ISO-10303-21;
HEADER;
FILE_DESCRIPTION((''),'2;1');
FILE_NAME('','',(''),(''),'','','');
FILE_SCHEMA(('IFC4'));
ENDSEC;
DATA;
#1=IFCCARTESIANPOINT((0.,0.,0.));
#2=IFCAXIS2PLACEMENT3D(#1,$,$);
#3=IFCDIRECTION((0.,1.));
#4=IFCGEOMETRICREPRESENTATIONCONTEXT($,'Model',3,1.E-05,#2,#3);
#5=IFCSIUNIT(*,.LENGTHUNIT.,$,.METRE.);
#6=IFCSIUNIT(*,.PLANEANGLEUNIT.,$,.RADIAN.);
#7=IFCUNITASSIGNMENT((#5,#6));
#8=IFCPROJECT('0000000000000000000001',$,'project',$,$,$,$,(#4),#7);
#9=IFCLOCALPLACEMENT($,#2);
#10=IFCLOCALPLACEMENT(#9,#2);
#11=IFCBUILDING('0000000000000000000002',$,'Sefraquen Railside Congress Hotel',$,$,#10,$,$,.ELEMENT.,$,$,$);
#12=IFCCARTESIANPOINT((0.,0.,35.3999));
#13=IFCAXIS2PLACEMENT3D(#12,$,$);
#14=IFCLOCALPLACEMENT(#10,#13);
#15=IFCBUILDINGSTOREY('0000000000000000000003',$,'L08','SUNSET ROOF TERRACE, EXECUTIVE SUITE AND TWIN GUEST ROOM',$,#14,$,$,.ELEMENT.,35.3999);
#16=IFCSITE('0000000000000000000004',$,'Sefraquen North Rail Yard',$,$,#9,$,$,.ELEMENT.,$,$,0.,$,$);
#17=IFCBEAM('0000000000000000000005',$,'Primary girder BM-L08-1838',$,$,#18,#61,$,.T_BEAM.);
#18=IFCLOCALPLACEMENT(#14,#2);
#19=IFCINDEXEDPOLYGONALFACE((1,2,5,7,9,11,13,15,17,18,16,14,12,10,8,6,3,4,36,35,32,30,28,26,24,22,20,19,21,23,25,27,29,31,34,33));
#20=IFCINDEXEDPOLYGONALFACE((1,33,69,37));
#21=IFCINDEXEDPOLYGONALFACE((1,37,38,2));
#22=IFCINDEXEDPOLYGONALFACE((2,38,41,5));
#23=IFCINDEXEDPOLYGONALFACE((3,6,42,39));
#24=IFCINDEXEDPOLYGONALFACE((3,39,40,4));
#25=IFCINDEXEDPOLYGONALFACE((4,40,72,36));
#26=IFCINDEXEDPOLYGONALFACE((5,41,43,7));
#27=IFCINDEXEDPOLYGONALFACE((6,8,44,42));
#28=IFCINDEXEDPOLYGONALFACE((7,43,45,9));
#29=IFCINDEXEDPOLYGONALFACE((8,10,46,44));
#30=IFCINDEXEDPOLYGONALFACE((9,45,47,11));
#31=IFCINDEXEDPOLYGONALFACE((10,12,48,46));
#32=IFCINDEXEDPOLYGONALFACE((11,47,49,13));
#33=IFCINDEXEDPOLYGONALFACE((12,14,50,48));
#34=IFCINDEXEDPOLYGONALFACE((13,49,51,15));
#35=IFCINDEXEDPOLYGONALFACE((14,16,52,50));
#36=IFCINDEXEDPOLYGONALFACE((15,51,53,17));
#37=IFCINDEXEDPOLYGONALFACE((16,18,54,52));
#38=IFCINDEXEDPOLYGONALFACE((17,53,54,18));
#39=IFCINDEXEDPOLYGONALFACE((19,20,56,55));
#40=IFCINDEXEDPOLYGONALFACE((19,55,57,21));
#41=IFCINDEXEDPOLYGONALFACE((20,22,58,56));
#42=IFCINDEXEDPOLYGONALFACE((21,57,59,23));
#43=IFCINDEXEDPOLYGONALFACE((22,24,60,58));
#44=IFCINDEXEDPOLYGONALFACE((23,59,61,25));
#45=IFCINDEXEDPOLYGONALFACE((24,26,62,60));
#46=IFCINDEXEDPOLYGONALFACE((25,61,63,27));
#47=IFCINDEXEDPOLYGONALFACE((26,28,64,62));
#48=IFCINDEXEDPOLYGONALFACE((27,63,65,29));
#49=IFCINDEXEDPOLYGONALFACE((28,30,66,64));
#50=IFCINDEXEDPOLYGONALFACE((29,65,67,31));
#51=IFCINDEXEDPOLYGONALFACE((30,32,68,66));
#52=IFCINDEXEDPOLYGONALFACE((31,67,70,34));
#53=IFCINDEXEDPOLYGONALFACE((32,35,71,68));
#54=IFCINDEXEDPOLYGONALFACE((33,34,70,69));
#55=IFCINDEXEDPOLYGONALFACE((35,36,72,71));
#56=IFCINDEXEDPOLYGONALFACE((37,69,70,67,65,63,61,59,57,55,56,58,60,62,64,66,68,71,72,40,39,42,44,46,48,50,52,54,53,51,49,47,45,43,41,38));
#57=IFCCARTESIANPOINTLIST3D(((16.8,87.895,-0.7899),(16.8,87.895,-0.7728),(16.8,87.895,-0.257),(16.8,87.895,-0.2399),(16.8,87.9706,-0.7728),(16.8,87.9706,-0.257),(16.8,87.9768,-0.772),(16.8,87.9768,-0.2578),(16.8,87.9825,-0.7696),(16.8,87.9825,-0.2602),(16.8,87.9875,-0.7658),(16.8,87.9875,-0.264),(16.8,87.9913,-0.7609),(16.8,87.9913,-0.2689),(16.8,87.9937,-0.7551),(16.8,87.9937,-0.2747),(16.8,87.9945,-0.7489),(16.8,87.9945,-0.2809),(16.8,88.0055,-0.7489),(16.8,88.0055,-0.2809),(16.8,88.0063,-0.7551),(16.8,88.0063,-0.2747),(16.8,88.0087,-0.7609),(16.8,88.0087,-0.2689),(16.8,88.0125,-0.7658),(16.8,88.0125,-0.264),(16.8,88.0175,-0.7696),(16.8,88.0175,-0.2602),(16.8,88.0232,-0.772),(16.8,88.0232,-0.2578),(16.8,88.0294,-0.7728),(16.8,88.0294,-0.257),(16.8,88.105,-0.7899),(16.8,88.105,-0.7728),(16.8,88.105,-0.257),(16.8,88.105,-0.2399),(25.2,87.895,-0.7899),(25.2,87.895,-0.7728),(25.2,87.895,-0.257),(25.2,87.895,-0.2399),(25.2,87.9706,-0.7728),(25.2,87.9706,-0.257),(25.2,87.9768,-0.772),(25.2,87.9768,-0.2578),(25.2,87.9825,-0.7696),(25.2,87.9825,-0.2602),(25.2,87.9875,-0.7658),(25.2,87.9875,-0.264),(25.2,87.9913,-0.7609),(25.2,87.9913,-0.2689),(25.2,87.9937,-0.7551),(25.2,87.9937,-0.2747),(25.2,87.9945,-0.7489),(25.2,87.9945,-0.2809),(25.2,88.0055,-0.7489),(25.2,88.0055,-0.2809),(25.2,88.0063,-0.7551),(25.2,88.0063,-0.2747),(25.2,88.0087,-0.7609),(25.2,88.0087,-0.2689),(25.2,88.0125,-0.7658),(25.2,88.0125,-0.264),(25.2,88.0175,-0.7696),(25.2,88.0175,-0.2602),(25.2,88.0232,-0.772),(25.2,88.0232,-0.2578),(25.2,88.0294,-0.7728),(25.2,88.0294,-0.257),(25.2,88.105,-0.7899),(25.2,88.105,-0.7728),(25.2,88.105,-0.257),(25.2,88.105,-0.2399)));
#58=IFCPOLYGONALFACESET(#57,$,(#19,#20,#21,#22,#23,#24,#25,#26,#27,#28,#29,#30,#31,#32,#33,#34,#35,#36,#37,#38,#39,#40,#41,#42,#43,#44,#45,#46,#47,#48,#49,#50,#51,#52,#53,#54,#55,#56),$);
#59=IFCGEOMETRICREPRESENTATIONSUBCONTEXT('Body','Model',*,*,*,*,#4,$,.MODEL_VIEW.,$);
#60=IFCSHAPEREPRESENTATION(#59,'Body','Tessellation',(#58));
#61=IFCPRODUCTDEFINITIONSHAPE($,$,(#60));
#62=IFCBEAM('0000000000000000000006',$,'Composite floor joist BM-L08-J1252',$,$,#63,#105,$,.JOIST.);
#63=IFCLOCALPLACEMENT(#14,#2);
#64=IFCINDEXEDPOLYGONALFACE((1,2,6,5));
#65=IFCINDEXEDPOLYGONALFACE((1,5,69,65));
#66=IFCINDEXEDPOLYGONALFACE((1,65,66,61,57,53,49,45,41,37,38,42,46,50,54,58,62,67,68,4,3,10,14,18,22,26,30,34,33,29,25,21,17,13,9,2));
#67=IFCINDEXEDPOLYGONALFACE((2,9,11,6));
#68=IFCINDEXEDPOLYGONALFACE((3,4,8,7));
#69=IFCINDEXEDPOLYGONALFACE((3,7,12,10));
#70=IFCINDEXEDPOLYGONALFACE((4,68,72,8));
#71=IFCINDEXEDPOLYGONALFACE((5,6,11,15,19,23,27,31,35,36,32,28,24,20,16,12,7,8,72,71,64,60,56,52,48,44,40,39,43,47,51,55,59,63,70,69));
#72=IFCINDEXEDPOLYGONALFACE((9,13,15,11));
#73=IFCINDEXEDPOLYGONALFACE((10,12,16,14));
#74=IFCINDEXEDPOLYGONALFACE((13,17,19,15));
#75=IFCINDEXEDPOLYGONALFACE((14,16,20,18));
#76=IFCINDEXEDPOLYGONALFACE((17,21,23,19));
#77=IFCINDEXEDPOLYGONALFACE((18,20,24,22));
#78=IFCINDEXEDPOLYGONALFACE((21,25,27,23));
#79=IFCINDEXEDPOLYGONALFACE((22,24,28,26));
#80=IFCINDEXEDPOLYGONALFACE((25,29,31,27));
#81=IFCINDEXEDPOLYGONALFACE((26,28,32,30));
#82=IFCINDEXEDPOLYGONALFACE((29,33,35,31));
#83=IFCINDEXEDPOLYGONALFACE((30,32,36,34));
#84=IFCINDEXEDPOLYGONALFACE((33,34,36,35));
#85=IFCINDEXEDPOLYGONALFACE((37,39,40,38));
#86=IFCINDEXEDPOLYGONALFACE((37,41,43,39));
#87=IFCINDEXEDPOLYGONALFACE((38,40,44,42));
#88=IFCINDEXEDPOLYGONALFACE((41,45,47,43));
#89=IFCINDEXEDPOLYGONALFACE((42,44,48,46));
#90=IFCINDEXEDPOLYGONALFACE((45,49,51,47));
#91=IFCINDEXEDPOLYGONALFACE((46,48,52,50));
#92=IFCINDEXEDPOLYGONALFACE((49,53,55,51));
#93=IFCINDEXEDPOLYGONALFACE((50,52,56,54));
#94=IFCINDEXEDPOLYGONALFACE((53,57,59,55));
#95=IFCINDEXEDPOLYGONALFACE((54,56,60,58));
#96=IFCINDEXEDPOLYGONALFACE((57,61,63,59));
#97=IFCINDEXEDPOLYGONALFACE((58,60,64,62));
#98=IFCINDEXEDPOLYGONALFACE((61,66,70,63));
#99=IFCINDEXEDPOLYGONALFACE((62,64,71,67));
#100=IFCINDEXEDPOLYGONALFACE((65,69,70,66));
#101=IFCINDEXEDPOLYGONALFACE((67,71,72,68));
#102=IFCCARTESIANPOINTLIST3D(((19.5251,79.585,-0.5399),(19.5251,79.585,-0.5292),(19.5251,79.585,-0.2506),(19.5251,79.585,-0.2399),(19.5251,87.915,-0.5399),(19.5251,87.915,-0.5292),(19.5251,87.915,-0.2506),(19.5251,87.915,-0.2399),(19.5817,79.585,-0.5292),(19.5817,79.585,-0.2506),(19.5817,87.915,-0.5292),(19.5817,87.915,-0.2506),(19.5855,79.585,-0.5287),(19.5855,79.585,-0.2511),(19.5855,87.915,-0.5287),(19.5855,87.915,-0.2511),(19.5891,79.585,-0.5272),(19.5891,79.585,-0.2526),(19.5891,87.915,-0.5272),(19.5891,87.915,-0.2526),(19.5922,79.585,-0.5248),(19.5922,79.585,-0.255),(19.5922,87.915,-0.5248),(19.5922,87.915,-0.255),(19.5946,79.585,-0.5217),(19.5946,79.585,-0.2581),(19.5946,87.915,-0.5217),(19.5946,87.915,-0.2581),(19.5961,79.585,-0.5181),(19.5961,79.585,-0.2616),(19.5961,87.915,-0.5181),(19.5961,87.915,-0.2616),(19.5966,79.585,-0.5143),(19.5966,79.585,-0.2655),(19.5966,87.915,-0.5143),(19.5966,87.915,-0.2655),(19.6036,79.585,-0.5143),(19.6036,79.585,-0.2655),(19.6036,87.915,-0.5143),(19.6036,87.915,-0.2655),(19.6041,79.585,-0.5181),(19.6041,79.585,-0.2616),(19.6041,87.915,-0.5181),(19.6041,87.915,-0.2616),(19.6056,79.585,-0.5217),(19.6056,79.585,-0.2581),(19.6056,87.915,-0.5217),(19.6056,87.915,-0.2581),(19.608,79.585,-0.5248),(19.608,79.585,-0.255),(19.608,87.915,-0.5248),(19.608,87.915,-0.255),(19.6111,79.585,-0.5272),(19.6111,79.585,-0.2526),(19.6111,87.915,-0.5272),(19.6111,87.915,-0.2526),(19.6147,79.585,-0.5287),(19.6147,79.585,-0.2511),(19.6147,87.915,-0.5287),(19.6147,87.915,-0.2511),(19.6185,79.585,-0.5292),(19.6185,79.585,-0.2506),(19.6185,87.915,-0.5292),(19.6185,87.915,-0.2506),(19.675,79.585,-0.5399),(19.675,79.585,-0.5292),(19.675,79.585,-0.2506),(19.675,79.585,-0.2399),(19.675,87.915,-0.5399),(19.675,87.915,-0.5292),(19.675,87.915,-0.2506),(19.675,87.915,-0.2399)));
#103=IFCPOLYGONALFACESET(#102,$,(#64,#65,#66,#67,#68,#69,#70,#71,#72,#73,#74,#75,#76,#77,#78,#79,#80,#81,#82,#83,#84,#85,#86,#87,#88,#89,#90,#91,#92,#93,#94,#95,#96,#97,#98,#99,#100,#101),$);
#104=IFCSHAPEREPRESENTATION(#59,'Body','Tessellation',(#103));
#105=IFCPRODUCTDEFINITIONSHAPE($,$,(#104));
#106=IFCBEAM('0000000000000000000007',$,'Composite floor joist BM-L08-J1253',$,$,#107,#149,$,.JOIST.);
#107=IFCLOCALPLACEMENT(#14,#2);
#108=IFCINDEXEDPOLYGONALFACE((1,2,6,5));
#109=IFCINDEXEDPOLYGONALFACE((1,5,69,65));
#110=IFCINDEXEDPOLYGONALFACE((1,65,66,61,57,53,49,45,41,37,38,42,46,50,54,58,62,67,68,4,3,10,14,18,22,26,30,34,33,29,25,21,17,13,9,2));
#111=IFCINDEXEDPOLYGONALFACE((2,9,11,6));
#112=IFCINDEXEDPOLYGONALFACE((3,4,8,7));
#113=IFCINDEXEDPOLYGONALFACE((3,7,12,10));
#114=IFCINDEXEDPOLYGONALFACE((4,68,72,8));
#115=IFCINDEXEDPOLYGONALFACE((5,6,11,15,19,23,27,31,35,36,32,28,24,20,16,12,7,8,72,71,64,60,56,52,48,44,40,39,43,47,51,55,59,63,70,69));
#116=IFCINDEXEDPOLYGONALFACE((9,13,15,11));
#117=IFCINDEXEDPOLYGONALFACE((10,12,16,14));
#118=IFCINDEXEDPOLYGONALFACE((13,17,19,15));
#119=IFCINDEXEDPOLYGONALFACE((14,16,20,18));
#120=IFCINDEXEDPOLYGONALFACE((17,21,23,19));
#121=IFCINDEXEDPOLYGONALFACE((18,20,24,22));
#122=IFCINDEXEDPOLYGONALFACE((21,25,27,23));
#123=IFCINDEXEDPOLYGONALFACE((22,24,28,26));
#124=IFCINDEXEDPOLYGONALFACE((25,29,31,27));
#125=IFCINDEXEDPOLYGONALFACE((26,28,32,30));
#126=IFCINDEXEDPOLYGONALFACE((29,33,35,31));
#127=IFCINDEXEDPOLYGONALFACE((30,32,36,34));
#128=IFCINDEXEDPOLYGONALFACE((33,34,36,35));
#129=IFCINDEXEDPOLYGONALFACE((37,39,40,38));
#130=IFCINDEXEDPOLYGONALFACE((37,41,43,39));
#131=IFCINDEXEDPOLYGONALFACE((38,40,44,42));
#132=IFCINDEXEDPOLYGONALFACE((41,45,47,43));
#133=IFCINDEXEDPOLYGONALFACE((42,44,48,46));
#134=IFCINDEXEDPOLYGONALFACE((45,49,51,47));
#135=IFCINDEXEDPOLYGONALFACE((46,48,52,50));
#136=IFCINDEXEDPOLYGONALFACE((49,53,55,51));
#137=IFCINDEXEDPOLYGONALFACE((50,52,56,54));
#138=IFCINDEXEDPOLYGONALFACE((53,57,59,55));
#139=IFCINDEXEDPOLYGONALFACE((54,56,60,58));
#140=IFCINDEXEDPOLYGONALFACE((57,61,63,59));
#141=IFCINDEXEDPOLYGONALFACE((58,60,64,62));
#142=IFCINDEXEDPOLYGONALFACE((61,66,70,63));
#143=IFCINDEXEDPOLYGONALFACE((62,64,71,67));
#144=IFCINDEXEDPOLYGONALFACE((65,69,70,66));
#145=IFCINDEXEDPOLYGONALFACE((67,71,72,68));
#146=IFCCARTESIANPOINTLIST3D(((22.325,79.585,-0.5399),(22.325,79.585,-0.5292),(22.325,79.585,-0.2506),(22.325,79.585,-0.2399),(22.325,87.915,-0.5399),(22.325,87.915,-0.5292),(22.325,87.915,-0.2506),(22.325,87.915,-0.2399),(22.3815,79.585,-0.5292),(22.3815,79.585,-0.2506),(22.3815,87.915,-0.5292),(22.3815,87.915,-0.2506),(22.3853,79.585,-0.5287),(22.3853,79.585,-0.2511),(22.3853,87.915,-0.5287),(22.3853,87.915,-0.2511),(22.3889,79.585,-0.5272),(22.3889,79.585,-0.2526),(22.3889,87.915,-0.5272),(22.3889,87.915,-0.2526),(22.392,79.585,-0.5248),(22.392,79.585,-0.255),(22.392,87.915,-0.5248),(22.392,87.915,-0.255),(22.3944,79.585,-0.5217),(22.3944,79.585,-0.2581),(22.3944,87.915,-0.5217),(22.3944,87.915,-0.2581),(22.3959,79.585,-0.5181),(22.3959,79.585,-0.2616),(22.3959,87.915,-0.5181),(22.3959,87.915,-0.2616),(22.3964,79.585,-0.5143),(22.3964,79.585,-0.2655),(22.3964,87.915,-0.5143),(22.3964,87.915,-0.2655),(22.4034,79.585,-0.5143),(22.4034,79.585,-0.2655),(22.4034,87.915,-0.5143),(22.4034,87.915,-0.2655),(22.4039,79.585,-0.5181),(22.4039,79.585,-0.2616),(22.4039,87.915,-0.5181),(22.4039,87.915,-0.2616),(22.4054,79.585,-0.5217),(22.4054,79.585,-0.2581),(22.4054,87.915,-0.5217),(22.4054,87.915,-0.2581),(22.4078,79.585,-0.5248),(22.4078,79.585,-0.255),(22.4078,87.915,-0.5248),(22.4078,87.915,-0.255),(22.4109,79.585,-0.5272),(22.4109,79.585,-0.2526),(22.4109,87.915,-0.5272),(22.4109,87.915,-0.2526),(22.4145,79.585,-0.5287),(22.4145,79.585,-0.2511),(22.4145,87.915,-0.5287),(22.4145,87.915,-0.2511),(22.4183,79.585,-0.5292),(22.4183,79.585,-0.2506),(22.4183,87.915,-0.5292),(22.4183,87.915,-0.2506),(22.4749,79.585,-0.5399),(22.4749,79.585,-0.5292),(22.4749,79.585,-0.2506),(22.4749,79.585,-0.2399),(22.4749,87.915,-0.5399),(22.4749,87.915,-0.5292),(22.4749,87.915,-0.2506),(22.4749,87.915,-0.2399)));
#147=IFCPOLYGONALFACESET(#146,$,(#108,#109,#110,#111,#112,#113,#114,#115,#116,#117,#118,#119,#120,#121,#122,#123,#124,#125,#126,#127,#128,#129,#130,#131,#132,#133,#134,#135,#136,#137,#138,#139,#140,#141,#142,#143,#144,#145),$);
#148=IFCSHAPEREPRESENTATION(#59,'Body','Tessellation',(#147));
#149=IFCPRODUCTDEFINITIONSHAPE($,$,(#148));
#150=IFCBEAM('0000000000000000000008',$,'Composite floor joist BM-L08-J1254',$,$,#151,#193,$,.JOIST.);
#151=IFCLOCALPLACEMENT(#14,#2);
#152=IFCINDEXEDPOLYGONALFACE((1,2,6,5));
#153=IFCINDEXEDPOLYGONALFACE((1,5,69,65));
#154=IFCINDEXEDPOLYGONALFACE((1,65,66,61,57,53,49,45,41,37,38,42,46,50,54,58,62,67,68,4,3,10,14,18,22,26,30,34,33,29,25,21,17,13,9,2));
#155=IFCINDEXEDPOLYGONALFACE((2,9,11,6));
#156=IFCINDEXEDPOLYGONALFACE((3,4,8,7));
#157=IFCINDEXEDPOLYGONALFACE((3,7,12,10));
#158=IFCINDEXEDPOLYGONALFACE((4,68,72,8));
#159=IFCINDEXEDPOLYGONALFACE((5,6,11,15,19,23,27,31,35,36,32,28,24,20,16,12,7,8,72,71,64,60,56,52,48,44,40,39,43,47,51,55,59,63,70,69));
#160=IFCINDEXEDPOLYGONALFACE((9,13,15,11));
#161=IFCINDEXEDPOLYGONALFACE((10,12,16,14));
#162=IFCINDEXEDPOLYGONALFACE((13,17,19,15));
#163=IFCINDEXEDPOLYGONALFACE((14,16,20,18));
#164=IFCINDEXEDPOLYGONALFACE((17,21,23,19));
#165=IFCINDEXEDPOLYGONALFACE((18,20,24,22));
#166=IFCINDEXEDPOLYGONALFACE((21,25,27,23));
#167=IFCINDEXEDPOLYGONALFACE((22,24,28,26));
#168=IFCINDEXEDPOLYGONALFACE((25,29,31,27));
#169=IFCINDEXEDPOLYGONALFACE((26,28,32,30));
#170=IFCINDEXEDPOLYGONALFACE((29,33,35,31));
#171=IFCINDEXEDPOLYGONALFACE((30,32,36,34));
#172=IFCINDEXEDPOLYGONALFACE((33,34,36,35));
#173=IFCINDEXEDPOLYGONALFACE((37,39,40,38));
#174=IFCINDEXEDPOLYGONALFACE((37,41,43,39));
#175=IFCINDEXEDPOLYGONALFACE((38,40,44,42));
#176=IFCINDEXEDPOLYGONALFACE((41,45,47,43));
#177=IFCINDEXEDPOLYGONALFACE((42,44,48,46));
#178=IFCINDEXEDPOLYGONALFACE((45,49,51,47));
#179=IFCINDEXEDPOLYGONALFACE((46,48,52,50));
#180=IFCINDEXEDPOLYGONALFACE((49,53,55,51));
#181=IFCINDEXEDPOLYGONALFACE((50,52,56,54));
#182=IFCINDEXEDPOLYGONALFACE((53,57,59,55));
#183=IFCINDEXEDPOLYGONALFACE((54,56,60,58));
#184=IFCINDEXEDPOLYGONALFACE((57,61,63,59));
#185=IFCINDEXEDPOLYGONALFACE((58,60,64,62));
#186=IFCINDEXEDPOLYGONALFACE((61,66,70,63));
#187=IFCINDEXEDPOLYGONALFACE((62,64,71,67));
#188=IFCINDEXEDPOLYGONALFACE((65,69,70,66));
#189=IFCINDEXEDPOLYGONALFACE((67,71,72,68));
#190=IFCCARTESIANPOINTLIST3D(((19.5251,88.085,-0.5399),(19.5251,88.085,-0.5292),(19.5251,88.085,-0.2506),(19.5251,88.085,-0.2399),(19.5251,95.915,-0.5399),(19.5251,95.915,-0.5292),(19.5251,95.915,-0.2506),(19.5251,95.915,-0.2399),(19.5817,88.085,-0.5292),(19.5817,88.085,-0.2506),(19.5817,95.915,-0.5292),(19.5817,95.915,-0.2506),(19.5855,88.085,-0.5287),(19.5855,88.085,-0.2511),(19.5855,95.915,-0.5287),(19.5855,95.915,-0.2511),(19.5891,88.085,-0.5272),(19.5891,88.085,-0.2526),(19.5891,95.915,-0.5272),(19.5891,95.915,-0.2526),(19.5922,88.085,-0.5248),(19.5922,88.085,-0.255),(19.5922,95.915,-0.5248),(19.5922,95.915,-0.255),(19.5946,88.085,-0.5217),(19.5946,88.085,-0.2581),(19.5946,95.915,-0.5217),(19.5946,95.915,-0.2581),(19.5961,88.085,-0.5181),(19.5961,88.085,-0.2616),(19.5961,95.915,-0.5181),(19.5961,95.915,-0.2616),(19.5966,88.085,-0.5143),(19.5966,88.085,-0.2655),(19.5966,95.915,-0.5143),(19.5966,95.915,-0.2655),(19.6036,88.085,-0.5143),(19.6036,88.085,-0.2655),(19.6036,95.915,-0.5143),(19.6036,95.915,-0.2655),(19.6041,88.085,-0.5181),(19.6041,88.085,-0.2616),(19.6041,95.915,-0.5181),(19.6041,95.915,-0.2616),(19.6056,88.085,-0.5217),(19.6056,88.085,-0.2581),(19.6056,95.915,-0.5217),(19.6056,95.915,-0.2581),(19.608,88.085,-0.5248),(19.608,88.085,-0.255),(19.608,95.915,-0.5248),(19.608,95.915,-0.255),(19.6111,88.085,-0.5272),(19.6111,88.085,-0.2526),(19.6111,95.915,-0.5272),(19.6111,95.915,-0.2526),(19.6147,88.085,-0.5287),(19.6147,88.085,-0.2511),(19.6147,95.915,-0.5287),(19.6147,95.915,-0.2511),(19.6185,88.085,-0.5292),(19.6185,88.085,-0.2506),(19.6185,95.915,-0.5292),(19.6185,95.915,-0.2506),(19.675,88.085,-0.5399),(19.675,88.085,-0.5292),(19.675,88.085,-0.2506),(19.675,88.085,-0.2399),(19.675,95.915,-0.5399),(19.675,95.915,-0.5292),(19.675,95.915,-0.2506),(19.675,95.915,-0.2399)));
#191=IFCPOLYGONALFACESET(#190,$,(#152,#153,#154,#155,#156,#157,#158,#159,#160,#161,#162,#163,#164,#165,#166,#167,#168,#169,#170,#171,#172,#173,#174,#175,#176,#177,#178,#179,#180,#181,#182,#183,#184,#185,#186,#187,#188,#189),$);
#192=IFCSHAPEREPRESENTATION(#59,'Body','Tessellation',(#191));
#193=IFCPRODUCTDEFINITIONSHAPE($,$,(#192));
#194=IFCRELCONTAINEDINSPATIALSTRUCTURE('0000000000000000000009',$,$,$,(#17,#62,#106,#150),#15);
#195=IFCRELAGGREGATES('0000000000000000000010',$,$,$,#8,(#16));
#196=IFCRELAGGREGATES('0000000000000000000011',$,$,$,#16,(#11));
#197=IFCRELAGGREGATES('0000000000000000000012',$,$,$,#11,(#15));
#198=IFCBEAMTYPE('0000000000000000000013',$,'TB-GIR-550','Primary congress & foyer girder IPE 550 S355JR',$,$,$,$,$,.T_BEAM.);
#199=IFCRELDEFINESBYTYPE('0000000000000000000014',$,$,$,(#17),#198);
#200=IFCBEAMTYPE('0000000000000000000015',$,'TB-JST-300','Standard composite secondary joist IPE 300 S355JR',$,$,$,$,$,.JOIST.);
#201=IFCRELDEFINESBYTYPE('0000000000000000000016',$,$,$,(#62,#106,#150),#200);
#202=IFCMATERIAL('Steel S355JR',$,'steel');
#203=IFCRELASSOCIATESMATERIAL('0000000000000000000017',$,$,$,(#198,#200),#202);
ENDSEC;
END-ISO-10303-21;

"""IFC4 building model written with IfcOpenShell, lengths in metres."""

from ifc_helpers import new_model, si_unit, direction, frame, origin, origin_2d, place, context, subcontext, project, spatial, i_section, extrude, material, material_profile, profile_set, type_object, element, save


model = new_model("IFC4")

# Units and contexts
model_context = context("Model", 3, precision=1e-05, world=origin(), true_north=direction((0.0, 1.0)))
body_context = subcontext(model_context, "Body", "Model", "MODEL_VIEW")
ifc_project = project(units=[si_unit("LENGTHUNIT", "METRE"), si_unit("PLANEANGLEUNIT", "RADIAN")], contexts=[model_context])

# Site, building, storey
site_placement = place(None, origin())
site = spatial("IfcSite", under=ifc_project, at=site_placement, Name="Sefraquen North Rail Yard", CompositionType="ELEMENT", RefElevation=0.0)
building_placement = place(site_placement, origin())
building = spatial("IfcBuilding", under=site, at=building_placement, Name="Sefraquen Railside Congress Hotel", CompositionType="ELEMENT")
storey_placement = place(building_placement, frame((0.0, 0.0, 35.3999)))
storey = spatial("IfcBuildingStorey", under=building, at=storey_placement, Name="L08", Description="SUNSET ROOF TERRACE, EXECUTIVE SUITE AND TWIN GUEST ROOM", CompositionType="ELEMENT", Elevation=35.3999)

# Shared definitions
ifc_material_1 = material(Name="Steel S355JR", Category="steel")

# Beams
ifc_material_profile_1 = material_profile(ifc_material_1, i_section(OverallWidth=0.21, OverallDepth=0.55, WebThickness=0.011, FlangeThickness=0.0171, FilletRadius=0.0239, at=origin_2d()), Name="IPE 550")
ifc_profile_set_1 = profile_set([ifc_material_profile_1], Name="Steel S355JR")
beam_type_1 = type_object("IfcBeamType", Name="TB-GIR-550", Description="Primary congress & foyer girder IPE 550 S355JR", PredefinedType="T_BEAM", material=ifc_profile_set_1)
beam_placement = place(storey_placement, frame((16.8, 88.0, -0.5149), z_axis=(1.0, 0.0, 0.0), x_axis=(0.0, 1.0, 0.0)))
element("IfcBeam", 1, at=beam_placement, inside=storey, type_object=beam_type_1, Name="Primary girder BM-L08-1838", PredefinedType="T_BEAM", context=body_context, shape_type="SweptSolid", body=[
    extrude(i_section(OverallWidth=0.21, OverallDepth=0.55, WebThickness=0.011, FlangeThickness=0.0171, FilletRadius=0.0239, at=origin_2d()), origin(), (0.0, 0.0, 1.0), 8.3999),
])
ifc_material_profile_2 = material_profile(ifc_material_1, i_section(OverallWidth=0.1499, OverallDepth=0.3, WebThickness=0.0071, FlangeThickness=0.0107, FilletRadius=0.0149, at=origin_2d()), Name="IPE 300")
ifc_profile_set_2 = profile_set([ifc_material_profile_2], Name="Steel S355JR")
beam_type_2 = type_object("IfcBeamType", Name="TB-JST-300", Description="Standard composite secondary joist IPE 300 S355JR", PredefinedType="JOIST", material=ifc_profile_set_2)
for number, where, z_axis, x_axis, name in (
    (2, (19.6001, 79.585, -0.3899), (0.0, 1.0, 0.0), (-1.0, 0.0, 0.0), "Composite floor joist BM-L08-J1252"),
    (3, (22.3999, 79.585, -0.3899), (0.0, 1.0, 0.0), (-1.0, 0.0, 0.0), "Composite floor joist BM-L08-J1253"),
):
    element("IfcBeam", number, at=place(storey_placement, frame(where, z_axis=z_axis, x_axis=x_axis)), inside=storey, type_object=beam_type_2, Name=name, PredefinedType="JOIST", context=body_context, shape_type="SweptSolid", body=[
        extrude(i_section(OverallWidth=0.1499, OverallDepth=0.3, WebThickness=0.0071, FlangeThickness=0.0107, FilletRadius=0.0149, at=origin_2d()), origin(), (0.0, 0.0, 1.0), 8.3301),
    ])
for number, where, z_axis, x_axis, name in (
    (4, (19.6001, 88.085, -0.3899), (0.0, 1.0, 0.0), (-1.0, 0.0, 0.0), "Composite floor joist BM-L08-J1254"),
):
    element("IfcBeam", number, at=place(storey_placement, frame(where, z_axis=z_axis, x_axis=x_axis)), inside=storey, type_object=beam_type_2, Name=name, PredefinedType="JOIST", context=body_context, shape_type="SweptSolid", body=[
        extrude(i_section(OverallWidth=0.1499, OverallDepth=0.3, WebThickness=0.0071, FlangeThickness=0.0107, FilletRadius=0.0149, at=origin_2d()), origin(), (0.0, 0.0, 1.0), 7.8301),
    ])

save(model, "model.ifc")
